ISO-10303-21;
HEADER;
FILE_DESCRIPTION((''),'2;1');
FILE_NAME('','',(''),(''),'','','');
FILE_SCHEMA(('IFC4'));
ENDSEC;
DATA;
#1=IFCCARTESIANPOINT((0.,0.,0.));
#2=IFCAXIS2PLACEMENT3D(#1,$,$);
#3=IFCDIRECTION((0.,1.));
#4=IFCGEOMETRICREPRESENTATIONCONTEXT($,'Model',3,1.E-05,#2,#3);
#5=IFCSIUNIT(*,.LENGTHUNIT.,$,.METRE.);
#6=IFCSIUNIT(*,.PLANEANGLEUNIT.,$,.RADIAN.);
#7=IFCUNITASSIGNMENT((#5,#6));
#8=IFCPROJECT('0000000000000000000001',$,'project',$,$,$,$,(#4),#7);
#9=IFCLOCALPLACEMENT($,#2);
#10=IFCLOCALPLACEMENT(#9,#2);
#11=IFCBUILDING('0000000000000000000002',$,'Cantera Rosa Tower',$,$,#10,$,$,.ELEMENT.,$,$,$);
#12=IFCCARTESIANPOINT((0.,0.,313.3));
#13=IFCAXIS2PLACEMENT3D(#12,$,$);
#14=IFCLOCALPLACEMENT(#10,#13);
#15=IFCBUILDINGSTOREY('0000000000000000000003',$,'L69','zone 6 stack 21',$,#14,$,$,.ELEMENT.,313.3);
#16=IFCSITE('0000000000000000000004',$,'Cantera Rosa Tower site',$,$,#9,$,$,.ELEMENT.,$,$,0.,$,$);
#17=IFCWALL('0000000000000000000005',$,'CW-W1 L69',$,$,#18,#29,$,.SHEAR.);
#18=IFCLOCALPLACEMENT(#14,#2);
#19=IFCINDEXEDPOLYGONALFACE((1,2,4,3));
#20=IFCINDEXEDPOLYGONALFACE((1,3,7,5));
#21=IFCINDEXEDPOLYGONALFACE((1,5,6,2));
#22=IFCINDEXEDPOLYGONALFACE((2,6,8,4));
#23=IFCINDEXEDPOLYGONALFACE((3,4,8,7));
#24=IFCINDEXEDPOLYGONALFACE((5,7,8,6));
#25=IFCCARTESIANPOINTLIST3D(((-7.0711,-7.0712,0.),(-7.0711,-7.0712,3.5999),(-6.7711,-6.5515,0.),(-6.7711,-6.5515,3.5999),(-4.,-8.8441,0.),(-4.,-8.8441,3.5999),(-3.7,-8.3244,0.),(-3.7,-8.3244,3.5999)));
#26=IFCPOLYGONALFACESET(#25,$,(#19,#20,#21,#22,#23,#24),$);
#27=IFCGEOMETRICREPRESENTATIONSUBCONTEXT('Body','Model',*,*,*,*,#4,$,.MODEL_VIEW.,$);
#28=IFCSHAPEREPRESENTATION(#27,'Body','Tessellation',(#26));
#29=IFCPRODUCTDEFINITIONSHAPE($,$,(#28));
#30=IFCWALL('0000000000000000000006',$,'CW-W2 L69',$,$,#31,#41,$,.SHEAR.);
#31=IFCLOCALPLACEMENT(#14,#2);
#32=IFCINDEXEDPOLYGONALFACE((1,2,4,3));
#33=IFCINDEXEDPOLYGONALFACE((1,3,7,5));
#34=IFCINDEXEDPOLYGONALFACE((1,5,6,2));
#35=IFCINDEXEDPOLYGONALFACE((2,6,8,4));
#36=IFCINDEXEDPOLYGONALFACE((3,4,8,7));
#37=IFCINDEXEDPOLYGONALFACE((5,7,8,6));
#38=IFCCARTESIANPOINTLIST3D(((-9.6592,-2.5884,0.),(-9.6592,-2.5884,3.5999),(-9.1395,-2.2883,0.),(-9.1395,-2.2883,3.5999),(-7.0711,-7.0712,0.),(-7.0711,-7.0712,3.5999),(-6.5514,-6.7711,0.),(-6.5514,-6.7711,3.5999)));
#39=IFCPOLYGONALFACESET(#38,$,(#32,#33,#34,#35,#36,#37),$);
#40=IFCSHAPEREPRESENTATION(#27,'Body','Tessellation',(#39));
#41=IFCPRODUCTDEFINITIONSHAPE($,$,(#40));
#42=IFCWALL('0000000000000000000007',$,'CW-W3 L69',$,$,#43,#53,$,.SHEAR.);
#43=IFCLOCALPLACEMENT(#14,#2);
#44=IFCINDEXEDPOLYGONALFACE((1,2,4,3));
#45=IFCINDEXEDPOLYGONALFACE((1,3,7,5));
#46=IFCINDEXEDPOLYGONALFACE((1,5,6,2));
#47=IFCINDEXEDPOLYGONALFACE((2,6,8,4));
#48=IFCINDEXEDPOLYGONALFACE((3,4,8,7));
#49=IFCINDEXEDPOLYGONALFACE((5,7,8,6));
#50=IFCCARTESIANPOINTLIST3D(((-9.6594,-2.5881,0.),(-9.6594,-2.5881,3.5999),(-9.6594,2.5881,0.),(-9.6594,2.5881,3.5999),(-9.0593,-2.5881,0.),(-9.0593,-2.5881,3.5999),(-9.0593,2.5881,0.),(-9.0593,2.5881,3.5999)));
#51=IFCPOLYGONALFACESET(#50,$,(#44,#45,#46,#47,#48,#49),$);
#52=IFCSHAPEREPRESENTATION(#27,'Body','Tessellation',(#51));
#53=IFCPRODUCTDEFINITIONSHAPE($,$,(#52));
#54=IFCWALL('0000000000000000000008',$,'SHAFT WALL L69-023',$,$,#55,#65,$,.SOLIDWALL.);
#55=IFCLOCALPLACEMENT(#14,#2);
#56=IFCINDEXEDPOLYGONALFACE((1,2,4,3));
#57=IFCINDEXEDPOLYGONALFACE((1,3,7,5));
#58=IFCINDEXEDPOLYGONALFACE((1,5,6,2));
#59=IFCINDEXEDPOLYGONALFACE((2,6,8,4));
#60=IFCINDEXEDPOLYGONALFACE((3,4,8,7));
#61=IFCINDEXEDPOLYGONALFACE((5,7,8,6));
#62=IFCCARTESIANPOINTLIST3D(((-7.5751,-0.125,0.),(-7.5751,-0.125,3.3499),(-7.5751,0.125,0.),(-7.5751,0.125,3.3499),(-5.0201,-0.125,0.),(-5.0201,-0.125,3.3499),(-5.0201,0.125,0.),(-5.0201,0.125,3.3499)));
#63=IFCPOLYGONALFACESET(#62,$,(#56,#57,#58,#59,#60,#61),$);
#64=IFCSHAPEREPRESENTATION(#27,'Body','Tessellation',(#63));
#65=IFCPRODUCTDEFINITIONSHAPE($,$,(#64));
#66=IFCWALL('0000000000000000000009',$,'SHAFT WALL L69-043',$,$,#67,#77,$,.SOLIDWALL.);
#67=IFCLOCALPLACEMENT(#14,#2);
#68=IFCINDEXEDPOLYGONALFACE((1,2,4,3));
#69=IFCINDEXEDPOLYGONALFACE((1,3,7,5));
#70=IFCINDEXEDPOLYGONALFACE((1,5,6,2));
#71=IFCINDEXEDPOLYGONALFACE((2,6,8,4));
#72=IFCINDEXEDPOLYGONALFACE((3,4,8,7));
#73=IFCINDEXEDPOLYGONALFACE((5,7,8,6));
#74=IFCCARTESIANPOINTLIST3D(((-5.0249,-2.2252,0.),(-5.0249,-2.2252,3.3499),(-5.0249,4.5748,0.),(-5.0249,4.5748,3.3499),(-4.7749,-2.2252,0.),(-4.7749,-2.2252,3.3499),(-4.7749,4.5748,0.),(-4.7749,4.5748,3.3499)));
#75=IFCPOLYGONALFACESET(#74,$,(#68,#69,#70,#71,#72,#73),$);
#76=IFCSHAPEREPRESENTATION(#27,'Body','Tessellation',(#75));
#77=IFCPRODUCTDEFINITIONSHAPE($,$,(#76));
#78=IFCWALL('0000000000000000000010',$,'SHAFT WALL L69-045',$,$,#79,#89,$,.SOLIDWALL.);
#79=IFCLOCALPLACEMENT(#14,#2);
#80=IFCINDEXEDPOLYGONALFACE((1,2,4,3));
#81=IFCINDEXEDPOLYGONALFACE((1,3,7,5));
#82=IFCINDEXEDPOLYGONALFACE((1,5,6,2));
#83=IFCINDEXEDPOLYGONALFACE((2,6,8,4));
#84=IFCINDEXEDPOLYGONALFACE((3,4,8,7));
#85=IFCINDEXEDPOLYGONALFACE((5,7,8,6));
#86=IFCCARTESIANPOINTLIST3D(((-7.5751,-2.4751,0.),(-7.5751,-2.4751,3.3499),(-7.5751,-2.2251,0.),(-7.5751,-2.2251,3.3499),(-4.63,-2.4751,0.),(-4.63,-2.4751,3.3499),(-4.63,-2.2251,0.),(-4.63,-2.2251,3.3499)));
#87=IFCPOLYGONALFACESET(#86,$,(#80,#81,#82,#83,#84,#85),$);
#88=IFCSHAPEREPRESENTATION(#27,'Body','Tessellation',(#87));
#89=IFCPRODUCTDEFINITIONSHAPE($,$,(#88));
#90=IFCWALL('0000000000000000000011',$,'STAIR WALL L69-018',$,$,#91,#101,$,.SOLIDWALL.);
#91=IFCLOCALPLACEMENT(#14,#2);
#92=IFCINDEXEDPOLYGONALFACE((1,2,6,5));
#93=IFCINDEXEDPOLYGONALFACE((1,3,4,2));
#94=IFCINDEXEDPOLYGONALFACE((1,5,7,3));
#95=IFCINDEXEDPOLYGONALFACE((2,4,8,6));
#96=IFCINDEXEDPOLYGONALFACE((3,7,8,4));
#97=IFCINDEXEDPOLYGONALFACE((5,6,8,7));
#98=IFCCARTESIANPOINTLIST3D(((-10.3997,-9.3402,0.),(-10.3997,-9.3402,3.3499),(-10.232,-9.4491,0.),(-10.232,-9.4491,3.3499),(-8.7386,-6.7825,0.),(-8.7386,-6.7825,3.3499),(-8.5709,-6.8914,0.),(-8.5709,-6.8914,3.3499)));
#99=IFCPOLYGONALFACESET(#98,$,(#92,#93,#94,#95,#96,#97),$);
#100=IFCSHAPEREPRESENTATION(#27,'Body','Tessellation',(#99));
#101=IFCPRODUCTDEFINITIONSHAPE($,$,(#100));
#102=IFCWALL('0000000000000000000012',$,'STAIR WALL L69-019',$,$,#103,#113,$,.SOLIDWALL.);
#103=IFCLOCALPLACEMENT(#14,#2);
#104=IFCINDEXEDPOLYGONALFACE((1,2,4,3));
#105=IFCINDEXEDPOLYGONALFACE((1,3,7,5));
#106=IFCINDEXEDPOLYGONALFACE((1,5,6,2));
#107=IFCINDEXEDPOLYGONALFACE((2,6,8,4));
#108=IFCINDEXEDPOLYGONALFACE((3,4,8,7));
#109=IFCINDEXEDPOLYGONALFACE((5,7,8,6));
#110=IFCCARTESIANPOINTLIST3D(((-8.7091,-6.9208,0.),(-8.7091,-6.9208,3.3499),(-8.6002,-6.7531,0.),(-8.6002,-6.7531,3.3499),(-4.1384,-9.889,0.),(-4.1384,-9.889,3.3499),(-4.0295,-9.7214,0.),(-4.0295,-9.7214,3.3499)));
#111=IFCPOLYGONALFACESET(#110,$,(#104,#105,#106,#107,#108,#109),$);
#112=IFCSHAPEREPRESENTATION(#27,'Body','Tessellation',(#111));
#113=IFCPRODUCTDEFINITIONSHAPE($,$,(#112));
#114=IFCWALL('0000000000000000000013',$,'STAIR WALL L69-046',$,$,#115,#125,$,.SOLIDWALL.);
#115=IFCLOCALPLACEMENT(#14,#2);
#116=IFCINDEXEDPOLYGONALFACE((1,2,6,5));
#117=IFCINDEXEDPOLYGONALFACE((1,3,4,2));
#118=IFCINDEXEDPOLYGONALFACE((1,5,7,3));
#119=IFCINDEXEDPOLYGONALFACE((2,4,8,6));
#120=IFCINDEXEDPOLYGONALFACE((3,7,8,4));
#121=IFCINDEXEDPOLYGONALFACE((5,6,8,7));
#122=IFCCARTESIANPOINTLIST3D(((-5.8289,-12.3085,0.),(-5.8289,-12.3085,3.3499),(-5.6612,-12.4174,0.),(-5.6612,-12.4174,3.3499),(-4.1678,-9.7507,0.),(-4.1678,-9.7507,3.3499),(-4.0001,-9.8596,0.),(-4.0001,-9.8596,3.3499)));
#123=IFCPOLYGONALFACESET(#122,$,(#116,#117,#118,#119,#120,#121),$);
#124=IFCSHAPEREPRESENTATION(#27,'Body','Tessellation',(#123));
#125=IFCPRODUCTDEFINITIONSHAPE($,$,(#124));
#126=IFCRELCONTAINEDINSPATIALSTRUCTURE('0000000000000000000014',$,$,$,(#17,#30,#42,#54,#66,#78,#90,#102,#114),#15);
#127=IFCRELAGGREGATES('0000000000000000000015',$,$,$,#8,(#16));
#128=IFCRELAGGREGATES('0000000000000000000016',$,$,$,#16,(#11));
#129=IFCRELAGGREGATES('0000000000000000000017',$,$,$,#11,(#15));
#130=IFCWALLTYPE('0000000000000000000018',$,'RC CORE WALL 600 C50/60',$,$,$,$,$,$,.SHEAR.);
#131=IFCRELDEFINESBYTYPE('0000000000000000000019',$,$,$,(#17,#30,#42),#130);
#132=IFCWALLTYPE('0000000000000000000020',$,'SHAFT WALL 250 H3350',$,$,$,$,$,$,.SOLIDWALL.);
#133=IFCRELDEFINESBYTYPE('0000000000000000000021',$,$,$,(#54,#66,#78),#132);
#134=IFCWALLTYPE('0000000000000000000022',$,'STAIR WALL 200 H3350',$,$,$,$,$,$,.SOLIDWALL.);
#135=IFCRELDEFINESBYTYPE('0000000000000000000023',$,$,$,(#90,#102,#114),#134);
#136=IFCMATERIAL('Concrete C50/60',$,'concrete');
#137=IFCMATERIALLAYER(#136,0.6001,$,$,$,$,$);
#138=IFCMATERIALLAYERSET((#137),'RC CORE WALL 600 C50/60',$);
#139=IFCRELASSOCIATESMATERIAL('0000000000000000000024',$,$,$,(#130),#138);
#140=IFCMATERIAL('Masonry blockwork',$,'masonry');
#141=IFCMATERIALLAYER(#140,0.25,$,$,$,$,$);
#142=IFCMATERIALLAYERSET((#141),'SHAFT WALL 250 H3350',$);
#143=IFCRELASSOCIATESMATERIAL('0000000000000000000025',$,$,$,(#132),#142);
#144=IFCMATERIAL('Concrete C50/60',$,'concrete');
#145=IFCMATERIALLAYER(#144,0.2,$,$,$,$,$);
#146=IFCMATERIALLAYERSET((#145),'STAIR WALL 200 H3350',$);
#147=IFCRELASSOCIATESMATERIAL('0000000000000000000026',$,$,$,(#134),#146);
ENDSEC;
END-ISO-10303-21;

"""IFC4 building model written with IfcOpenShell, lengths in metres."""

from ifc_helpers import new_model, si_unit, direction, frame, frame_2d, origin, place, context, subcontext, project, spatial, rectangle, extrude, material, layer, layer_set, type_object, element, save


model = new_model("IFC4")

# Units and contexts
model_context = context("Model", 3, precision=1e-05, world=origin(), true_north=direction((0.0, 1.0)))
body_context = subcontext(model_context, "Body", "Model", "MODEL_VIEW")
ifc_project = project(units=[si_unit("LENGTHUNIT", "METRE"), si_unit("PLANEANGLEUNIT", "RADIAN")], contexts=[model_context])

# Site, building, storey
site_placement = place(None, origin())
site = spatial("IfcSite", under=ifc_project, at=site_placement, Name="Cantera Rosa Tower site", CompositionType="ELEMENT", RefElevation=0.0)
building_placement = place(site_placement, origin())
building = spatial("IfcBuilding", under=site, at=building_placement, Name="Cantera Rosa Tower", CompositionType="ELEMENT")
storey_placement = place(building_placement, frame((0.0, 0.0, 313.3)))
storey = spatial("IfcBuildingStorey", under=building, at=storey_placement, Name="L69", Description="zone 6 stack 21", CompositionType="ELEMENT", Elevation=313.3)

# Walls
ifc_material_1 = material(Name="Concrete C50/60", Category="concrete")
ifc_layer_1 = layer(ifc_material_1, 0.6001)
ifc_layer_set_1 = layer_set([ifc_layer_1], Name="RC CORE WALL 600 C50/60")
wall_type_1 = type_object("IfcWallType", Name="RC CORE WALL 600 C50/60", PredefinedType="SHEAR", material=ifc_layer_set_1)
wall_1_placement = place(storey_placement, frame((-3.8501, -8.5842, 0.0), z_axis=(0.0, 0.0, 1.0), x_axis=(-0.86604, 0.499975, 0.0)))
element("IfcWall", 1, at=wall_1_placement, inside=storey, type_object=wall_type_1, Name="CW-W1 L69", PredefinedType="SHEAR", context=body_context, shape_type="SweptSolid", body=[
    extrude(rectangle(XDim=3.5461, YDim=0.6001, at=frame_2d((1.7729, 0.0))), origin(), (0.0, 0.0, 1.0), 3.5999),
])
for number, where, z_axis, x_axis, name in (
    (2, (-6.8113, -6.9211, 0.0), (0.0, 0.0, 1.0), (-0.499989, 0.866032, 0.0), "CW-W2 L69"),
    (3, (-9.3594, -2.5881, 0.0), (0.0, 0.0, 1.0), (0.0, 1.0, 0.0), "CW-W3 L69"),
):
    element("IfcWall", number, at=place(storey_placement, frame(where, z_axis=z_axis, x_axis=x_axis)), inside=storey, type_object=wall_type_1, Name=name, PredefinedType="SHEAR", context=body_context, shape_type="SweptSolid", body=[
        extrude(rectangle(XDim=5.1763, YDim=0.6001, at=frame_2d((2.5881, 0.0))), origin(), (0.0, 0.0, 1.0), 3.5999),
    ])
ifc_material_2 = material(Name="Masonry blockwork", Category="masonry")
ifc_layer_2 = layer(ifc_material_2, 0.25)
ifc_layer_set_2 = layer_set([ifc_layer_2], Name="SHAFT WALL 250 H3350")
wall_type_2 = type_object("IfcWallType", Name="SHAFT WALL 250 H3350", PredefinedType="SOLIDWALL", material=ifc_layer_set_2)
wall_2_placement = place(storey_placement, frame((-7.575, 0.0, 0.0), z_axis=(0.0, 0.0, 1.0), x_axis=(1.0, 0.0, 0.0)))
element("IfcWall", 4, at=wall_2_placement, inside=storey, type_object=wall_type_2, Name="SHAFT WALL L69-023", PredefinedType="SOLIDWALL", context=body_context, shape_type="SweptSolid", body=[
    extrude(rectangle(XDim=2.5549, YDim=0.25, at=frame_2d((1.2773, 0.0))), origin(), (0.0, 0.0, 1.0), 3.3499),
])
wall_3_placement = place(storey_placement, frame((-4.8999, -2.2251, 0.0), z_axis=(0.0, 0.0, 1.0), x_axis=(0.0, 1.0, 0.0)))
element("IfcWall", 5, at=wall_3_placement, inside=storey, type_object=wall_type_2, Name="SHAFT WALL L69-043", PredefinedType="SOLIDWALL", context=body_context, shape_type="SweptSolid", body=[
    extrude(rectangle(XDim=6.8, YDim=0.25, at=frame_2d((3.3999, 0.0))), origin(), (0.0, 0.0, 1.0), 3.3499),
])
wall_4_placement = place(storey_placement, frame((-4.6299, -2.3501, 0.0), z_axis=(0.0, 0.0, 1.0), x_axis=(-1.0, 0.0, 0.0)))
element("IfcWall", 6, at=wall_4_placement, inside=storey, type_object=wall_type_2, Name="SHAFT WALL L69-045", PredefinedType="SOLIDWALL", context=body_context, shape_type="SweptSolid", body=[
    extrude(rectangle(XDim=2.9451, YDim=0.25, at=frame_2d((1.4727, 0.0))), origin(), (0.0, 0.0, 1.0), 3.3499),
])
ifc_material_3 = material(Name="Concrete C50/60", Category="concrete")
ifc_layer_3 = layer(ifc_material_3, 0.2)
ifc_layer_set_3 = layer_set([ifc_layer_3], Name="STAIR WALL 200 H3350")
wall_type_3 = type_object("IfcWallType", Name="STAIR WALL 200 H3350", PredefinedType="SOLIDWALL", material=ifc_layer_set_3)
wall_5_placement = place(storey_placement, frame((-8.6548, -6.8369, 0.0), z_axis=(0.0, 0.0, 1.0), x_axis=(-0.544648, -0.838665, 0.0)))
element("IfcWall", 7, at=wall_5_placement, inside=storey, type_object=wall_type_3, Name="STAIR WALL L69-018", PredefinedType="SOLIDWALL", context=body_context, shape_type="SweptSolid", body=[
    extrude(rectangle(XDim=3.0498, YDim=0.2, at=frame_2d((1.5249, 0.0))), origin(), (0.0, 0.0, 1.0), 3.3499),
])
wall_6_placement = place(storey_placement, frame((-8.6548, -6.8369, 0.0), z_axis=(0.0, 0.0, 1.0), x_axis=(0.838675, -0.544632, 0.0)))
element("IfcWall", 8, at=wall_6_placement, inside=storey, type_object=wall_type_3, Name="STAIR WALL L69-019", PredefinedType="SOLIDWALL", context=body_context, shape_type="SweptSolid", body=[
    extrude(rectangle(XDim=5.45, YDim=0.2, at=frame_2d((2.7251, 0.0))), origin(), (0.0, 0.0, 1.0), 3.3499),
])
wall_7_placement = place(storey_placement, frame((-4.084, -9.8052, 0.0), z_axis=(0.0, 0.0, 1.0), x_axis=(-0.544648, -0.838665, 0.0)))
element("IfcWall", 9, at=wall_7_placement, inside=storey, type_object=wall_type_3, Name="STAIR WALL L69-046", PredefinedType="SOLIDWALL", context=body_context, shape_type="SweptSolid", body=[
    extrude(rectangle(XDim=3.0498, YDim=0.2, at=frame_2d((1.5249, 0.0))), origin(), (0.0, 0.0, 1.0), 3.3499),
])

save(model, "model.ifc")
